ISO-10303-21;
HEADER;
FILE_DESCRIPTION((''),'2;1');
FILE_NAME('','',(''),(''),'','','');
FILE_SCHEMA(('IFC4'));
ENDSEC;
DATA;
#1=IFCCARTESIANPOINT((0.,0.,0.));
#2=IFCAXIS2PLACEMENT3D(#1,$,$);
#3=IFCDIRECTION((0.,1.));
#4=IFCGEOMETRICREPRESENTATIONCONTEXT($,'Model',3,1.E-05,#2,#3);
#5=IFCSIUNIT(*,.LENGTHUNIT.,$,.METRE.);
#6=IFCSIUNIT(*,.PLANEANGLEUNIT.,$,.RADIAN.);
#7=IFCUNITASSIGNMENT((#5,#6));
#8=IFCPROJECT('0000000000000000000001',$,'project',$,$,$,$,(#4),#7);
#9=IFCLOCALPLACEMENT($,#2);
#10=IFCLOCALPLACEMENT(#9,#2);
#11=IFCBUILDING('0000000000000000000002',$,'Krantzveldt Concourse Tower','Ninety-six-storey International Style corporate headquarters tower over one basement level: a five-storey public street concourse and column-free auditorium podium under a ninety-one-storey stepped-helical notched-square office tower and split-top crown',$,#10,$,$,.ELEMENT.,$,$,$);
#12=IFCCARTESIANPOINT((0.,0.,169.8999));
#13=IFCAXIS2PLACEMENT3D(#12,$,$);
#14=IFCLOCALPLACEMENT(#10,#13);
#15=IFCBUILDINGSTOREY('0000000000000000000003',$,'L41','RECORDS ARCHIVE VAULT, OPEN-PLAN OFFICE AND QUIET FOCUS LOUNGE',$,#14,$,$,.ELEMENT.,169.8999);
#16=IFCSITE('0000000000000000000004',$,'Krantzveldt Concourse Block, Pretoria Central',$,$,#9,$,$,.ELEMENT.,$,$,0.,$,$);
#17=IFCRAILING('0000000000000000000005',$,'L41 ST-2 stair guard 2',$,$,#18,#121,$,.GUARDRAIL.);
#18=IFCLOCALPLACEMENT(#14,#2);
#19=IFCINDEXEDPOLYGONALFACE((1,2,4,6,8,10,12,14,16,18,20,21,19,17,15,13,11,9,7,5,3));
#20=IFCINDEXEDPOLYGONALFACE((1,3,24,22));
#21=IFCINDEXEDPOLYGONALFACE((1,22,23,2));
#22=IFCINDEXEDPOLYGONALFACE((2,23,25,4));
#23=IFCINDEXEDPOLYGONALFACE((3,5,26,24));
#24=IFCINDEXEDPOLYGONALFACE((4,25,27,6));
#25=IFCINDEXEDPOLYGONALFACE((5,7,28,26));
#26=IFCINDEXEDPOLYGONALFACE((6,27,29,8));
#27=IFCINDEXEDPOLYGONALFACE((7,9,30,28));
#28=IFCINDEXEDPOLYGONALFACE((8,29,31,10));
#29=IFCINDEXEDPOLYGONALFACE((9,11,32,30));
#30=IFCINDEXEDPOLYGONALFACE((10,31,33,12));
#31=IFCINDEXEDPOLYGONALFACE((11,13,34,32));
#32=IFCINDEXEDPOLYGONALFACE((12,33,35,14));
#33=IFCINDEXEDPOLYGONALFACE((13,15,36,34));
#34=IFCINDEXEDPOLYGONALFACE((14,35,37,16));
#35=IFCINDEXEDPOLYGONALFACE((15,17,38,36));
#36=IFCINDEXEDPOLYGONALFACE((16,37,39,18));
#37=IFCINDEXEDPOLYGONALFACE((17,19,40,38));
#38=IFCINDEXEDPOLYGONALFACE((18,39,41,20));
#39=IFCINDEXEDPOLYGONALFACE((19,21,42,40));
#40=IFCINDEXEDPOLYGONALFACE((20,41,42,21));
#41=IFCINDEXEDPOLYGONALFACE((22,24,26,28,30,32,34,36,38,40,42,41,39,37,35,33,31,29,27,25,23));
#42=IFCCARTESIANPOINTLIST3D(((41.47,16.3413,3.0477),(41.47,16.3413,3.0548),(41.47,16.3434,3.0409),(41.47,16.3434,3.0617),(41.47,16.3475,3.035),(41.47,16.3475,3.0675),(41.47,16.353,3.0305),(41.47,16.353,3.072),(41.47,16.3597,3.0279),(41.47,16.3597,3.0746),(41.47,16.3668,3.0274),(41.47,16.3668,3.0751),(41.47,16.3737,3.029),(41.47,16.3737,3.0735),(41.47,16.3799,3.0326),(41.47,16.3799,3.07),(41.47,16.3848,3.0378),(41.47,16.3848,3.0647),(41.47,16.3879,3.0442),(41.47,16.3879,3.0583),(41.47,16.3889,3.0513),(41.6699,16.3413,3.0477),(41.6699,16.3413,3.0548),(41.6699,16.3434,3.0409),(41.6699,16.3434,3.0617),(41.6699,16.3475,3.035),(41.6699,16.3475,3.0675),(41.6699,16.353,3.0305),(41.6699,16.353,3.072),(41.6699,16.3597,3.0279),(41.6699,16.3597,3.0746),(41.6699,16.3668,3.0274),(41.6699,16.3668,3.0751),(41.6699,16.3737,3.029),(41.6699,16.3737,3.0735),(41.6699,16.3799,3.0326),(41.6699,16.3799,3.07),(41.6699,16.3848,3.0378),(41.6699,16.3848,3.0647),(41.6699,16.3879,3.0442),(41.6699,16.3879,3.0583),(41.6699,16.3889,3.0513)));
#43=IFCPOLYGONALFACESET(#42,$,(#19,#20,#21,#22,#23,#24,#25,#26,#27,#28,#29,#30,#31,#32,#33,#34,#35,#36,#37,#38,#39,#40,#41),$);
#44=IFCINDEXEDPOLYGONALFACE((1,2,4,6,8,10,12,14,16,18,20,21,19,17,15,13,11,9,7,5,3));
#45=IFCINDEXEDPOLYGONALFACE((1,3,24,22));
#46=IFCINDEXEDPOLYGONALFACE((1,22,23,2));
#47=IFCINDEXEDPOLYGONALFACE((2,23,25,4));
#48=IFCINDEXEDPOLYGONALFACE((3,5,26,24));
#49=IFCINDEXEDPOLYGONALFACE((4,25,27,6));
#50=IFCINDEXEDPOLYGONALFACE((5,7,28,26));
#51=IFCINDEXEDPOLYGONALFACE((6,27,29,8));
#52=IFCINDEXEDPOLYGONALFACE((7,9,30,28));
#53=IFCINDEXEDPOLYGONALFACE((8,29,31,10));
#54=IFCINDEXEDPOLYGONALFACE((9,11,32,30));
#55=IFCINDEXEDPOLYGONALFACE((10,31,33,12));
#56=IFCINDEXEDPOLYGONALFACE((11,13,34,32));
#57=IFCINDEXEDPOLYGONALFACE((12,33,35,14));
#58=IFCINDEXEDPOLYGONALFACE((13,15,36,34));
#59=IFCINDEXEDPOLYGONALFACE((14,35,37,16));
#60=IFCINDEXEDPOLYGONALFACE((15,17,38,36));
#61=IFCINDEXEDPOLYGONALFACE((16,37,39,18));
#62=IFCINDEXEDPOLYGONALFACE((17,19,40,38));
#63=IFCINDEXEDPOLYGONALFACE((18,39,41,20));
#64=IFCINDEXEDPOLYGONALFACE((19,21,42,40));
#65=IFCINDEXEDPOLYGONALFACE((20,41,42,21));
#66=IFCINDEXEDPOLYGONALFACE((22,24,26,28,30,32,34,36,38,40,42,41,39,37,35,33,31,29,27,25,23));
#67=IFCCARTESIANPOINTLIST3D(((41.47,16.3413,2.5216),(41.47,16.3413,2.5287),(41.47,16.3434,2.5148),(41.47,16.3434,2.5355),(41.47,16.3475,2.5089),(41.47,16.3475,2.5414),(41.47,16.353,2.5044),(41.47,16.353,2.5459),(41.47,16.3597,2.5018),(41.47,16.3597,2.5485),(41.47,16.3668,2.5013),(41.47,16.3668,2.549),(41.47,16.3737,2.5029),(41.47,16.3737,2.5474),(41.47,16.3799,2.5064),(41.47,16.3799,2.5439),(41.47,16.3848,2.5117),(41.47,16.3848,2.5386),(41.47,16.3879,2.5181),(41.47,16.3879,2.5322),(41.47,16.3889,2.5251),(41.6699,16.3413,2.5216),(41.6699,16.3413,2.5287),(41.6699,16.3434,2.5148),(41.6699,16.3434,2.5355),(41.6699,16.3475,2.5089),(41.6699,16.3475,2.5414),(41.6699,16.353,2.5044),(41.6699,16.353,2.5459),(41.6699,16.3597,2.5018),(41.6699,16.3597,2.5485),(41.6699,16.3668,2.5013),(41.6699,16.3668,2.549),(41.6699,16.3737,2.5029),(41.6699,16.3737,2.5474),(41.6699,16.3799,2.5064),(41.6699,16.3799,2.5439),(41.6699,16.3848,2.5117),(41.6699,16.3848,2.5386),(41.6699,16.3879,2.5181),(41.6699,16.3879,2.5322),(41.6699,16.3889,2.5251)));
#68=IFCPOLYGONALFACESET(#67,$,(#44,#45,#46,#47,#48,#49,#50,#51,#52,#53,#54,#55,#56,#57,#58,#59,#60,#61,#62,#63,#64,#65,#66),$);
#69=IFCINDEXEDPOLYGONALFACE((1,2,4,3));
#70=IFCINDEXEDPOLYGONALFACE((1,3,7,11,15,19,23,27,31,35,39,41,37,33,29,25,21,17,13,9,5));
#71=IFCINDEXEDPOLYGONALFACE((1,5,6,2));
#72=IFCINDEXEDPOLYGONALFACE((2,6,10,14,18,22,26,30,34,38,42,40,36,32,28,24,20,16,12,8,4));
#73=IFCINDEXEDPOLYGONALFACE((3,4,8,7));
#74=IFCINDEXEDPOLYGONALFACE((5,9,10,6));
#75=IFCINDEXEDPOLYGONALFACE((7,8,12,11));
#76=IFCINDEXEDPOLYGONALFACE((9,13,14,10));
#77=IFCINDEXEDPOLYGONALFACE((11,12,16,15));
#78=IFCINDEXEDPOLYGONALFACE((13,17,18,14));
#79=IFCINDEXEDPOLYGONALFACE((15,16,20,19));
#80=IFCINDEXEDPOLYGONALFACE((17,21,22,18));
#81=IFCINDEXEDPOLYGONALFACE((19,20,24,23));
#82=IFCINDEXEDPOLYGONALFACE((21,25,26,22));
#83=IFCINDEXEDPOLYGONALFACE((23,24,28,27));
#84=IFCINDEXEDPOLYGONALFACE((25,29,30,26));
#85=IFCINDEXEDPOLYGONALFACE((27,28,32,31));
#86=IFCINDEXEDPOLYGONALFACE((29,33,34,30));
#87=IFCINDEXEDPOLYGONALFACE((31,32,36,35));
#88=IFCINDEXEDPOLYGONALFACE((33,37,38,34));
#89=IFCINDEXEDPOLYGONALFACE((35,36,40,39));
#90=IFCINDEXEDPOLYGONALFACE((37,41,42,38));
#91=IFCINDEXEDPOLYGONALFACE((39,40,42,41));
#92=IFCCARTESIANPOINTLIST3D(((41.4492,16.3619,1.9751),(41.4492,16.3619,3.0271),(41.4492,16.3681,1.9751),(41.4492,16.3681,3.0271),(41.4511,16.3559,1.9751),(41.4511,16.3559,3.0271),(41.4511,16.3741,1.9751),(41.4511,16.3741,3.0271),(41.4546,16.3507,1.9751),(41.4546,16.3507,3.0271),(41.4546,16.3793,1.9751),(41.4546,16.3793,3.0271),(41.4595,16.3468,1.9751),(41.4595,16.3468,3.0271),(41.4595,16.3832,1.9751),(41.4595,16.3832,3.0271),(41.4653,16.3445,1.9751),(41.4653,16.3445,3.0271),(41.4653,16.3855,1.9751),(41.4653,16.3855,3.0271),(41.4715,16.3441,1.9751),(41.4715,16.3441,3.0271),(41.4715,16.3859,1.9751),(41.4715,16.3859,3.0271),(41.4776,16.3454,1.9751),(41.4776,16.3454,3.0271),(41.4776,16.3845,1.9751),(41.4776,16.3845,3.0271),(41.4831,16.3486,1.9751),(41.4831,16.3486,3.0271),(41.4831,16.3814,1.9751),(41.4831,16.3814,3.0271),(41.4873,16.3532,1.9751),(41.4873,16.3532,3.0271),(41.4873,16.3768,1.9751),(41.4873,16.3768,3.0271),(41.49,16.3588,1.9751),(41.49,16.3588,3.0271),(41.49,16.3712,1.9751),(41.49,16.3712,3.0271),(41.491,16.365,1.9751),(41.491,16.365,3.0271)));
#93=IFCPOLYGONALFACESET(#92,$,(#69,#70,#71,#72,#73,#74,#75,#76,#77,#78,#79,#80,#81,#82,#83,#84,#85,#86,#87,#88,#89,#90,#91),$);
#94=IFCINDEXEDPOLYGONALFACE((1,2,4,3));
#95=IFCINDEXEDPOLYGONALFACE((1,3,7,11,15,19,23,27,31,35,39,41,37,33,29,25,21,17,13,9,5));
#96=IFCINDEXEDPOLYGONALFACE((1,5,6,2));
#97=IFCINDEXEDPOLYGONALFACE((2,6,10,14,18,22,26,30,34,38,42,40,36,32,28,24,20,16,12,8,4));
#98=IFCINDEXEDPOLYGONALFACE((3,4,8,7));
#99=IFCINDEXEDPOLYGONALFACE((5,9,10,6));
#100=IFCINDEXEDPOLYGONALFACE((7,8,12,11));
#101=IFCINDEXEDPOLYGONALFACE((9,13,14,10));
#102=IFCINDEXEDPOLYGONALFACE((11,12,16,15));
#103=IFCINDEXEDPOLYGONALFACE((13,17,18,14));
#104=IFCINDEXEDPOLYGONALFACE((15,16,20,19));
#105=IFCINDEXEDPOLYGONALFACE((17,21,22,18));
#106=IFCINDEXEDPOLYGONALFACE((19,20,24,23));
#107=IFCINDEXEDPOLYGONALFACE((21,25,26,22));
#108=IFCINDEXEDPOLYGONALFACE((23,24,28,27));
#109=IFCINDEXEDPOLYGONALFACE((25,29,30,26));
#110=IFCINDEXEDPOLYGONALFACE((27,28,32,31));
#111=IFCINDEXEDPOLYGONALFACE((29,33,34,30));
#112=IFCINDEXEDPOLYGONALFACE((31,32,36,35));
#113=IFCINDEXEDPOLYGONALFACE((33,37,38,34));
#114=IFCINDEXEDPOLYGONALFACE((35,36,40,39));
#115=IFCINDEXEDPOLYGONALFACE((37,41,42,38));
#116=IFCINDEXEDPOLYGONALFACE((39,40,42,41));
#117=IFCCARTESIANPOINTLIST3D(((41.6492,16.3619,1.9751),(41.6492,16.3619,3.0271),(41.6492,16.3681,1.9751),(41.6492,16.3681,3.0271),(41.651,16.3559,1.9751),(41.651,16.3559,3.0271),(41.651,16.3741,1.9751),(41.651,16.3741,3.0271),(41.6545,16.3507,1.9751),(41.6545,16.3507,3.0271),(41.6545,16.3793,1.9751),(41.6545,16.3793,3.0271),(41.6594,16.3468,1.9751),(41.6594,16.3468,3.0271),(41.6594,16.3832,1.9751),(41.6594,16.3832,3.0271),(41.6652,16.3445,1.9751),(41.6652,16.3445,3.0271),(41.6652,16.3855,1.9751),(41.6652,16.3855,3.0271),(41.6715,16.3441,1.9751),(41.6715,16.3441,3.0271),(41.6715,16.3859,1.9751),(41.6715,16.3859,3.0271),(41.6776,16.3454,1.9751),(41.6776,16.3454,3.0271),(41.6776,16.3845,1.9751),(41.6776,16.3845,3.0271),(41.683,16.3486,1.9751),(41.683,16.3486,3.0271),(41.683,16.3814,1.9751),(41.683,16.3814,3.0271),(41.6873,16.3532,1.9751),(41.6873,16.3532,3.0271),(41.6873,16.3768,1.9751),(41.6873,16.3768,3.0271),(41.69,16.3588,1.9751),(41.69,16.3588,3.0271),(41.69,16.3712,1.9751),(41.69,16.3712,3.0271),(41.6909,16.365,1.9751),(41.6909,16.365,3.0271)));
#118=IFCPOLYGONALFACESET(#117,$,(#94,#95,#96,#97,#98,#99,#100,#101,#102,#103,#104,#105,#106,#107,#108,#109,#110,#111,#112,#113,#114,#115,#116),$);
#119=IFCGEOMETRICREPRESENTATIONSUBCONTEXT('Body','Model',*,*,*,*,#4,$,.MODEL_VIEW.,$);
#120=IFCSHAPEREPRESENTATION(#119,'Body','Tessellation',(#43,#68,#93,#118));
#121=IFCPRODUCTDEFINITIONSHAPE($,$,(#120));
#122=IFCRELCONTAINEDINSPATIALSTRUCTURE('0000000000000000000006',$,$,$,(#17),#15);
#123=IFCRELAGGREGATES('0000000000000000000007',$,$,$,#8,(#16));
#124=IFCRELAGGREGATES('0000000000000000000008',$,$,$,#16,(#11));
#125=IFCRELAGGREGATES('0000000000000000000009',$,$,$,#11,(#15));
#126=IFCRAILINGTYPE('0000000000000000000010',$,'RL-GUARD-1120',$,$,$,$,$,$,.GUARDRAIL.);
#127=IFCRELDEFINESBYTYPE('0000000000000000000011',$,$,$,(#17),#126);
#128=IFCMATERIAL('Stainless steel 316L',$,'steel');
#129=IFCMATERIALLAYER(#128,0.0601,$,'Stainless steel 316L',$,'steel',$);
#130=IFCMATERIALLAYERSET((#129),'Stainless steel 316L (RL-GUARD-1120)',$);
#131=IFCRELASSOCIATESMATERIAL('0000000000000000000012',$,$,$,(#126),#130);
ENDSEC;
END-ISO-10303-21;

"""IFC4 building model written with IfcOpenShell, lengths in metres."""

from ifc_helpers import new_model, si_unit, direction, frame, origin, origin_2d, place, context, subcontext, project, spatial, circle, extrude, material, layer, layer_set, type_object, element, save


model = new_model("IFC4")

# Units and contexts
model_context = context("Model", 3, precision=1e-05, world=origin(), true_north=direction((0.0, 1.0)))
body_context = subcontext(model_context, "Body", "Model", "MODEL_VIEW")
ifc_project = project(units=[si_unit("LENGTHUNIT", "METRE"), si_unit("PLANEANGLEUNIT", "RADIAN")], contexts=[model_context])

# Site, building, storey
site_placement = place(None, origin())
site = spatial("IfcSite", under=ifc_project, at=site_placement, Name="Krantzveldt Concourse Block, Pretoria Central", CompositionType="ELEMENT", RefElevation=0.0)
building_placement = place(site_placement, origin())
building = spatial("IfcBuilding", under=site, at=building_placement, Name="Krantzveldt Concourse Tower", Description="Ninety-six-storey International Style corporate headquarters tower over one basement level: a five-storey public street concourse and column-free auditorium podium under a ninety-one-storey stepped-helical notched-square office tower and split-top crown", CompositionType="ELEMENT")
storey_placement = place(building_placement, frame((0.0, 0.0, 169.8999)))
storey = spatial("IfcBuildingStorey", under=building, at=storey_placement, Name="L41", Description="RECORDS ARCHIVE VAULT, OPEN-PLAN OFFICE AND QUIET FOCUS LOUNGE", CompositionType="ELEMENT", Elevation=169.8999)

# Shared definitions
ifc_material_1 = material(Name="Stainless steel 316L", Category="steel")

# Railing
ifc_layer_1 = layer(ifc_material_1, 0.0601, Name="Stainless steel 316L", Category="steel")
ifc_layer_set_1 = layer_set([ifc_layer_1], Name="Stainless steel 316L (RL-GUARD-1120)")
railing_type_1 = type_object("IfcRailingType", Name="RL-GUARD-1120", PredefinedType="GUARDRAIL", material=ifc_layer_set_1)
for number, where, name in (
    (1, (41.47, 16.365, 1.9751), "L41 ST-2 stair guard 2"),
):
    element("IfcRailing", number, at=place(storey_placement, frame(where)), inside=storey, type_object=railing_type_1, Name=name, PredefinedType="GUARDRAIL", context=body_context, shape_type="SweptSolid", body=[
        extrude(circle(Radius=0.0239, at=origin_2d()), frame((0.0, 0.0, 1.0762), z_axis=(1.0, 0.0, 0.0), x_axis=(0.0, 1.0, 0.0)), (0.0, 0.0, 1.0), 0.2),
        extrude(circle(Radius=0.0239, at=origin_2d()), frame((0.0, 0.0, 0.55), z_axis=(1.0, 0.0, 0.0), x_axis=(0.0, 1.0, 0.0)), (0.0, 0.0, 1.0), 0.2),
        extrude(circle(Radius=0.021, at=origin_2d()), origin(), (0.0, 0.0, 1.0), 1.052),
        extrude(circle(Radius=0.021, at=origin_2d()), frame((0.2, 0.0, 0.0)), (0.0, 0.0, 1.0), 1.052),
    ])

save(model, "model.ifc")
